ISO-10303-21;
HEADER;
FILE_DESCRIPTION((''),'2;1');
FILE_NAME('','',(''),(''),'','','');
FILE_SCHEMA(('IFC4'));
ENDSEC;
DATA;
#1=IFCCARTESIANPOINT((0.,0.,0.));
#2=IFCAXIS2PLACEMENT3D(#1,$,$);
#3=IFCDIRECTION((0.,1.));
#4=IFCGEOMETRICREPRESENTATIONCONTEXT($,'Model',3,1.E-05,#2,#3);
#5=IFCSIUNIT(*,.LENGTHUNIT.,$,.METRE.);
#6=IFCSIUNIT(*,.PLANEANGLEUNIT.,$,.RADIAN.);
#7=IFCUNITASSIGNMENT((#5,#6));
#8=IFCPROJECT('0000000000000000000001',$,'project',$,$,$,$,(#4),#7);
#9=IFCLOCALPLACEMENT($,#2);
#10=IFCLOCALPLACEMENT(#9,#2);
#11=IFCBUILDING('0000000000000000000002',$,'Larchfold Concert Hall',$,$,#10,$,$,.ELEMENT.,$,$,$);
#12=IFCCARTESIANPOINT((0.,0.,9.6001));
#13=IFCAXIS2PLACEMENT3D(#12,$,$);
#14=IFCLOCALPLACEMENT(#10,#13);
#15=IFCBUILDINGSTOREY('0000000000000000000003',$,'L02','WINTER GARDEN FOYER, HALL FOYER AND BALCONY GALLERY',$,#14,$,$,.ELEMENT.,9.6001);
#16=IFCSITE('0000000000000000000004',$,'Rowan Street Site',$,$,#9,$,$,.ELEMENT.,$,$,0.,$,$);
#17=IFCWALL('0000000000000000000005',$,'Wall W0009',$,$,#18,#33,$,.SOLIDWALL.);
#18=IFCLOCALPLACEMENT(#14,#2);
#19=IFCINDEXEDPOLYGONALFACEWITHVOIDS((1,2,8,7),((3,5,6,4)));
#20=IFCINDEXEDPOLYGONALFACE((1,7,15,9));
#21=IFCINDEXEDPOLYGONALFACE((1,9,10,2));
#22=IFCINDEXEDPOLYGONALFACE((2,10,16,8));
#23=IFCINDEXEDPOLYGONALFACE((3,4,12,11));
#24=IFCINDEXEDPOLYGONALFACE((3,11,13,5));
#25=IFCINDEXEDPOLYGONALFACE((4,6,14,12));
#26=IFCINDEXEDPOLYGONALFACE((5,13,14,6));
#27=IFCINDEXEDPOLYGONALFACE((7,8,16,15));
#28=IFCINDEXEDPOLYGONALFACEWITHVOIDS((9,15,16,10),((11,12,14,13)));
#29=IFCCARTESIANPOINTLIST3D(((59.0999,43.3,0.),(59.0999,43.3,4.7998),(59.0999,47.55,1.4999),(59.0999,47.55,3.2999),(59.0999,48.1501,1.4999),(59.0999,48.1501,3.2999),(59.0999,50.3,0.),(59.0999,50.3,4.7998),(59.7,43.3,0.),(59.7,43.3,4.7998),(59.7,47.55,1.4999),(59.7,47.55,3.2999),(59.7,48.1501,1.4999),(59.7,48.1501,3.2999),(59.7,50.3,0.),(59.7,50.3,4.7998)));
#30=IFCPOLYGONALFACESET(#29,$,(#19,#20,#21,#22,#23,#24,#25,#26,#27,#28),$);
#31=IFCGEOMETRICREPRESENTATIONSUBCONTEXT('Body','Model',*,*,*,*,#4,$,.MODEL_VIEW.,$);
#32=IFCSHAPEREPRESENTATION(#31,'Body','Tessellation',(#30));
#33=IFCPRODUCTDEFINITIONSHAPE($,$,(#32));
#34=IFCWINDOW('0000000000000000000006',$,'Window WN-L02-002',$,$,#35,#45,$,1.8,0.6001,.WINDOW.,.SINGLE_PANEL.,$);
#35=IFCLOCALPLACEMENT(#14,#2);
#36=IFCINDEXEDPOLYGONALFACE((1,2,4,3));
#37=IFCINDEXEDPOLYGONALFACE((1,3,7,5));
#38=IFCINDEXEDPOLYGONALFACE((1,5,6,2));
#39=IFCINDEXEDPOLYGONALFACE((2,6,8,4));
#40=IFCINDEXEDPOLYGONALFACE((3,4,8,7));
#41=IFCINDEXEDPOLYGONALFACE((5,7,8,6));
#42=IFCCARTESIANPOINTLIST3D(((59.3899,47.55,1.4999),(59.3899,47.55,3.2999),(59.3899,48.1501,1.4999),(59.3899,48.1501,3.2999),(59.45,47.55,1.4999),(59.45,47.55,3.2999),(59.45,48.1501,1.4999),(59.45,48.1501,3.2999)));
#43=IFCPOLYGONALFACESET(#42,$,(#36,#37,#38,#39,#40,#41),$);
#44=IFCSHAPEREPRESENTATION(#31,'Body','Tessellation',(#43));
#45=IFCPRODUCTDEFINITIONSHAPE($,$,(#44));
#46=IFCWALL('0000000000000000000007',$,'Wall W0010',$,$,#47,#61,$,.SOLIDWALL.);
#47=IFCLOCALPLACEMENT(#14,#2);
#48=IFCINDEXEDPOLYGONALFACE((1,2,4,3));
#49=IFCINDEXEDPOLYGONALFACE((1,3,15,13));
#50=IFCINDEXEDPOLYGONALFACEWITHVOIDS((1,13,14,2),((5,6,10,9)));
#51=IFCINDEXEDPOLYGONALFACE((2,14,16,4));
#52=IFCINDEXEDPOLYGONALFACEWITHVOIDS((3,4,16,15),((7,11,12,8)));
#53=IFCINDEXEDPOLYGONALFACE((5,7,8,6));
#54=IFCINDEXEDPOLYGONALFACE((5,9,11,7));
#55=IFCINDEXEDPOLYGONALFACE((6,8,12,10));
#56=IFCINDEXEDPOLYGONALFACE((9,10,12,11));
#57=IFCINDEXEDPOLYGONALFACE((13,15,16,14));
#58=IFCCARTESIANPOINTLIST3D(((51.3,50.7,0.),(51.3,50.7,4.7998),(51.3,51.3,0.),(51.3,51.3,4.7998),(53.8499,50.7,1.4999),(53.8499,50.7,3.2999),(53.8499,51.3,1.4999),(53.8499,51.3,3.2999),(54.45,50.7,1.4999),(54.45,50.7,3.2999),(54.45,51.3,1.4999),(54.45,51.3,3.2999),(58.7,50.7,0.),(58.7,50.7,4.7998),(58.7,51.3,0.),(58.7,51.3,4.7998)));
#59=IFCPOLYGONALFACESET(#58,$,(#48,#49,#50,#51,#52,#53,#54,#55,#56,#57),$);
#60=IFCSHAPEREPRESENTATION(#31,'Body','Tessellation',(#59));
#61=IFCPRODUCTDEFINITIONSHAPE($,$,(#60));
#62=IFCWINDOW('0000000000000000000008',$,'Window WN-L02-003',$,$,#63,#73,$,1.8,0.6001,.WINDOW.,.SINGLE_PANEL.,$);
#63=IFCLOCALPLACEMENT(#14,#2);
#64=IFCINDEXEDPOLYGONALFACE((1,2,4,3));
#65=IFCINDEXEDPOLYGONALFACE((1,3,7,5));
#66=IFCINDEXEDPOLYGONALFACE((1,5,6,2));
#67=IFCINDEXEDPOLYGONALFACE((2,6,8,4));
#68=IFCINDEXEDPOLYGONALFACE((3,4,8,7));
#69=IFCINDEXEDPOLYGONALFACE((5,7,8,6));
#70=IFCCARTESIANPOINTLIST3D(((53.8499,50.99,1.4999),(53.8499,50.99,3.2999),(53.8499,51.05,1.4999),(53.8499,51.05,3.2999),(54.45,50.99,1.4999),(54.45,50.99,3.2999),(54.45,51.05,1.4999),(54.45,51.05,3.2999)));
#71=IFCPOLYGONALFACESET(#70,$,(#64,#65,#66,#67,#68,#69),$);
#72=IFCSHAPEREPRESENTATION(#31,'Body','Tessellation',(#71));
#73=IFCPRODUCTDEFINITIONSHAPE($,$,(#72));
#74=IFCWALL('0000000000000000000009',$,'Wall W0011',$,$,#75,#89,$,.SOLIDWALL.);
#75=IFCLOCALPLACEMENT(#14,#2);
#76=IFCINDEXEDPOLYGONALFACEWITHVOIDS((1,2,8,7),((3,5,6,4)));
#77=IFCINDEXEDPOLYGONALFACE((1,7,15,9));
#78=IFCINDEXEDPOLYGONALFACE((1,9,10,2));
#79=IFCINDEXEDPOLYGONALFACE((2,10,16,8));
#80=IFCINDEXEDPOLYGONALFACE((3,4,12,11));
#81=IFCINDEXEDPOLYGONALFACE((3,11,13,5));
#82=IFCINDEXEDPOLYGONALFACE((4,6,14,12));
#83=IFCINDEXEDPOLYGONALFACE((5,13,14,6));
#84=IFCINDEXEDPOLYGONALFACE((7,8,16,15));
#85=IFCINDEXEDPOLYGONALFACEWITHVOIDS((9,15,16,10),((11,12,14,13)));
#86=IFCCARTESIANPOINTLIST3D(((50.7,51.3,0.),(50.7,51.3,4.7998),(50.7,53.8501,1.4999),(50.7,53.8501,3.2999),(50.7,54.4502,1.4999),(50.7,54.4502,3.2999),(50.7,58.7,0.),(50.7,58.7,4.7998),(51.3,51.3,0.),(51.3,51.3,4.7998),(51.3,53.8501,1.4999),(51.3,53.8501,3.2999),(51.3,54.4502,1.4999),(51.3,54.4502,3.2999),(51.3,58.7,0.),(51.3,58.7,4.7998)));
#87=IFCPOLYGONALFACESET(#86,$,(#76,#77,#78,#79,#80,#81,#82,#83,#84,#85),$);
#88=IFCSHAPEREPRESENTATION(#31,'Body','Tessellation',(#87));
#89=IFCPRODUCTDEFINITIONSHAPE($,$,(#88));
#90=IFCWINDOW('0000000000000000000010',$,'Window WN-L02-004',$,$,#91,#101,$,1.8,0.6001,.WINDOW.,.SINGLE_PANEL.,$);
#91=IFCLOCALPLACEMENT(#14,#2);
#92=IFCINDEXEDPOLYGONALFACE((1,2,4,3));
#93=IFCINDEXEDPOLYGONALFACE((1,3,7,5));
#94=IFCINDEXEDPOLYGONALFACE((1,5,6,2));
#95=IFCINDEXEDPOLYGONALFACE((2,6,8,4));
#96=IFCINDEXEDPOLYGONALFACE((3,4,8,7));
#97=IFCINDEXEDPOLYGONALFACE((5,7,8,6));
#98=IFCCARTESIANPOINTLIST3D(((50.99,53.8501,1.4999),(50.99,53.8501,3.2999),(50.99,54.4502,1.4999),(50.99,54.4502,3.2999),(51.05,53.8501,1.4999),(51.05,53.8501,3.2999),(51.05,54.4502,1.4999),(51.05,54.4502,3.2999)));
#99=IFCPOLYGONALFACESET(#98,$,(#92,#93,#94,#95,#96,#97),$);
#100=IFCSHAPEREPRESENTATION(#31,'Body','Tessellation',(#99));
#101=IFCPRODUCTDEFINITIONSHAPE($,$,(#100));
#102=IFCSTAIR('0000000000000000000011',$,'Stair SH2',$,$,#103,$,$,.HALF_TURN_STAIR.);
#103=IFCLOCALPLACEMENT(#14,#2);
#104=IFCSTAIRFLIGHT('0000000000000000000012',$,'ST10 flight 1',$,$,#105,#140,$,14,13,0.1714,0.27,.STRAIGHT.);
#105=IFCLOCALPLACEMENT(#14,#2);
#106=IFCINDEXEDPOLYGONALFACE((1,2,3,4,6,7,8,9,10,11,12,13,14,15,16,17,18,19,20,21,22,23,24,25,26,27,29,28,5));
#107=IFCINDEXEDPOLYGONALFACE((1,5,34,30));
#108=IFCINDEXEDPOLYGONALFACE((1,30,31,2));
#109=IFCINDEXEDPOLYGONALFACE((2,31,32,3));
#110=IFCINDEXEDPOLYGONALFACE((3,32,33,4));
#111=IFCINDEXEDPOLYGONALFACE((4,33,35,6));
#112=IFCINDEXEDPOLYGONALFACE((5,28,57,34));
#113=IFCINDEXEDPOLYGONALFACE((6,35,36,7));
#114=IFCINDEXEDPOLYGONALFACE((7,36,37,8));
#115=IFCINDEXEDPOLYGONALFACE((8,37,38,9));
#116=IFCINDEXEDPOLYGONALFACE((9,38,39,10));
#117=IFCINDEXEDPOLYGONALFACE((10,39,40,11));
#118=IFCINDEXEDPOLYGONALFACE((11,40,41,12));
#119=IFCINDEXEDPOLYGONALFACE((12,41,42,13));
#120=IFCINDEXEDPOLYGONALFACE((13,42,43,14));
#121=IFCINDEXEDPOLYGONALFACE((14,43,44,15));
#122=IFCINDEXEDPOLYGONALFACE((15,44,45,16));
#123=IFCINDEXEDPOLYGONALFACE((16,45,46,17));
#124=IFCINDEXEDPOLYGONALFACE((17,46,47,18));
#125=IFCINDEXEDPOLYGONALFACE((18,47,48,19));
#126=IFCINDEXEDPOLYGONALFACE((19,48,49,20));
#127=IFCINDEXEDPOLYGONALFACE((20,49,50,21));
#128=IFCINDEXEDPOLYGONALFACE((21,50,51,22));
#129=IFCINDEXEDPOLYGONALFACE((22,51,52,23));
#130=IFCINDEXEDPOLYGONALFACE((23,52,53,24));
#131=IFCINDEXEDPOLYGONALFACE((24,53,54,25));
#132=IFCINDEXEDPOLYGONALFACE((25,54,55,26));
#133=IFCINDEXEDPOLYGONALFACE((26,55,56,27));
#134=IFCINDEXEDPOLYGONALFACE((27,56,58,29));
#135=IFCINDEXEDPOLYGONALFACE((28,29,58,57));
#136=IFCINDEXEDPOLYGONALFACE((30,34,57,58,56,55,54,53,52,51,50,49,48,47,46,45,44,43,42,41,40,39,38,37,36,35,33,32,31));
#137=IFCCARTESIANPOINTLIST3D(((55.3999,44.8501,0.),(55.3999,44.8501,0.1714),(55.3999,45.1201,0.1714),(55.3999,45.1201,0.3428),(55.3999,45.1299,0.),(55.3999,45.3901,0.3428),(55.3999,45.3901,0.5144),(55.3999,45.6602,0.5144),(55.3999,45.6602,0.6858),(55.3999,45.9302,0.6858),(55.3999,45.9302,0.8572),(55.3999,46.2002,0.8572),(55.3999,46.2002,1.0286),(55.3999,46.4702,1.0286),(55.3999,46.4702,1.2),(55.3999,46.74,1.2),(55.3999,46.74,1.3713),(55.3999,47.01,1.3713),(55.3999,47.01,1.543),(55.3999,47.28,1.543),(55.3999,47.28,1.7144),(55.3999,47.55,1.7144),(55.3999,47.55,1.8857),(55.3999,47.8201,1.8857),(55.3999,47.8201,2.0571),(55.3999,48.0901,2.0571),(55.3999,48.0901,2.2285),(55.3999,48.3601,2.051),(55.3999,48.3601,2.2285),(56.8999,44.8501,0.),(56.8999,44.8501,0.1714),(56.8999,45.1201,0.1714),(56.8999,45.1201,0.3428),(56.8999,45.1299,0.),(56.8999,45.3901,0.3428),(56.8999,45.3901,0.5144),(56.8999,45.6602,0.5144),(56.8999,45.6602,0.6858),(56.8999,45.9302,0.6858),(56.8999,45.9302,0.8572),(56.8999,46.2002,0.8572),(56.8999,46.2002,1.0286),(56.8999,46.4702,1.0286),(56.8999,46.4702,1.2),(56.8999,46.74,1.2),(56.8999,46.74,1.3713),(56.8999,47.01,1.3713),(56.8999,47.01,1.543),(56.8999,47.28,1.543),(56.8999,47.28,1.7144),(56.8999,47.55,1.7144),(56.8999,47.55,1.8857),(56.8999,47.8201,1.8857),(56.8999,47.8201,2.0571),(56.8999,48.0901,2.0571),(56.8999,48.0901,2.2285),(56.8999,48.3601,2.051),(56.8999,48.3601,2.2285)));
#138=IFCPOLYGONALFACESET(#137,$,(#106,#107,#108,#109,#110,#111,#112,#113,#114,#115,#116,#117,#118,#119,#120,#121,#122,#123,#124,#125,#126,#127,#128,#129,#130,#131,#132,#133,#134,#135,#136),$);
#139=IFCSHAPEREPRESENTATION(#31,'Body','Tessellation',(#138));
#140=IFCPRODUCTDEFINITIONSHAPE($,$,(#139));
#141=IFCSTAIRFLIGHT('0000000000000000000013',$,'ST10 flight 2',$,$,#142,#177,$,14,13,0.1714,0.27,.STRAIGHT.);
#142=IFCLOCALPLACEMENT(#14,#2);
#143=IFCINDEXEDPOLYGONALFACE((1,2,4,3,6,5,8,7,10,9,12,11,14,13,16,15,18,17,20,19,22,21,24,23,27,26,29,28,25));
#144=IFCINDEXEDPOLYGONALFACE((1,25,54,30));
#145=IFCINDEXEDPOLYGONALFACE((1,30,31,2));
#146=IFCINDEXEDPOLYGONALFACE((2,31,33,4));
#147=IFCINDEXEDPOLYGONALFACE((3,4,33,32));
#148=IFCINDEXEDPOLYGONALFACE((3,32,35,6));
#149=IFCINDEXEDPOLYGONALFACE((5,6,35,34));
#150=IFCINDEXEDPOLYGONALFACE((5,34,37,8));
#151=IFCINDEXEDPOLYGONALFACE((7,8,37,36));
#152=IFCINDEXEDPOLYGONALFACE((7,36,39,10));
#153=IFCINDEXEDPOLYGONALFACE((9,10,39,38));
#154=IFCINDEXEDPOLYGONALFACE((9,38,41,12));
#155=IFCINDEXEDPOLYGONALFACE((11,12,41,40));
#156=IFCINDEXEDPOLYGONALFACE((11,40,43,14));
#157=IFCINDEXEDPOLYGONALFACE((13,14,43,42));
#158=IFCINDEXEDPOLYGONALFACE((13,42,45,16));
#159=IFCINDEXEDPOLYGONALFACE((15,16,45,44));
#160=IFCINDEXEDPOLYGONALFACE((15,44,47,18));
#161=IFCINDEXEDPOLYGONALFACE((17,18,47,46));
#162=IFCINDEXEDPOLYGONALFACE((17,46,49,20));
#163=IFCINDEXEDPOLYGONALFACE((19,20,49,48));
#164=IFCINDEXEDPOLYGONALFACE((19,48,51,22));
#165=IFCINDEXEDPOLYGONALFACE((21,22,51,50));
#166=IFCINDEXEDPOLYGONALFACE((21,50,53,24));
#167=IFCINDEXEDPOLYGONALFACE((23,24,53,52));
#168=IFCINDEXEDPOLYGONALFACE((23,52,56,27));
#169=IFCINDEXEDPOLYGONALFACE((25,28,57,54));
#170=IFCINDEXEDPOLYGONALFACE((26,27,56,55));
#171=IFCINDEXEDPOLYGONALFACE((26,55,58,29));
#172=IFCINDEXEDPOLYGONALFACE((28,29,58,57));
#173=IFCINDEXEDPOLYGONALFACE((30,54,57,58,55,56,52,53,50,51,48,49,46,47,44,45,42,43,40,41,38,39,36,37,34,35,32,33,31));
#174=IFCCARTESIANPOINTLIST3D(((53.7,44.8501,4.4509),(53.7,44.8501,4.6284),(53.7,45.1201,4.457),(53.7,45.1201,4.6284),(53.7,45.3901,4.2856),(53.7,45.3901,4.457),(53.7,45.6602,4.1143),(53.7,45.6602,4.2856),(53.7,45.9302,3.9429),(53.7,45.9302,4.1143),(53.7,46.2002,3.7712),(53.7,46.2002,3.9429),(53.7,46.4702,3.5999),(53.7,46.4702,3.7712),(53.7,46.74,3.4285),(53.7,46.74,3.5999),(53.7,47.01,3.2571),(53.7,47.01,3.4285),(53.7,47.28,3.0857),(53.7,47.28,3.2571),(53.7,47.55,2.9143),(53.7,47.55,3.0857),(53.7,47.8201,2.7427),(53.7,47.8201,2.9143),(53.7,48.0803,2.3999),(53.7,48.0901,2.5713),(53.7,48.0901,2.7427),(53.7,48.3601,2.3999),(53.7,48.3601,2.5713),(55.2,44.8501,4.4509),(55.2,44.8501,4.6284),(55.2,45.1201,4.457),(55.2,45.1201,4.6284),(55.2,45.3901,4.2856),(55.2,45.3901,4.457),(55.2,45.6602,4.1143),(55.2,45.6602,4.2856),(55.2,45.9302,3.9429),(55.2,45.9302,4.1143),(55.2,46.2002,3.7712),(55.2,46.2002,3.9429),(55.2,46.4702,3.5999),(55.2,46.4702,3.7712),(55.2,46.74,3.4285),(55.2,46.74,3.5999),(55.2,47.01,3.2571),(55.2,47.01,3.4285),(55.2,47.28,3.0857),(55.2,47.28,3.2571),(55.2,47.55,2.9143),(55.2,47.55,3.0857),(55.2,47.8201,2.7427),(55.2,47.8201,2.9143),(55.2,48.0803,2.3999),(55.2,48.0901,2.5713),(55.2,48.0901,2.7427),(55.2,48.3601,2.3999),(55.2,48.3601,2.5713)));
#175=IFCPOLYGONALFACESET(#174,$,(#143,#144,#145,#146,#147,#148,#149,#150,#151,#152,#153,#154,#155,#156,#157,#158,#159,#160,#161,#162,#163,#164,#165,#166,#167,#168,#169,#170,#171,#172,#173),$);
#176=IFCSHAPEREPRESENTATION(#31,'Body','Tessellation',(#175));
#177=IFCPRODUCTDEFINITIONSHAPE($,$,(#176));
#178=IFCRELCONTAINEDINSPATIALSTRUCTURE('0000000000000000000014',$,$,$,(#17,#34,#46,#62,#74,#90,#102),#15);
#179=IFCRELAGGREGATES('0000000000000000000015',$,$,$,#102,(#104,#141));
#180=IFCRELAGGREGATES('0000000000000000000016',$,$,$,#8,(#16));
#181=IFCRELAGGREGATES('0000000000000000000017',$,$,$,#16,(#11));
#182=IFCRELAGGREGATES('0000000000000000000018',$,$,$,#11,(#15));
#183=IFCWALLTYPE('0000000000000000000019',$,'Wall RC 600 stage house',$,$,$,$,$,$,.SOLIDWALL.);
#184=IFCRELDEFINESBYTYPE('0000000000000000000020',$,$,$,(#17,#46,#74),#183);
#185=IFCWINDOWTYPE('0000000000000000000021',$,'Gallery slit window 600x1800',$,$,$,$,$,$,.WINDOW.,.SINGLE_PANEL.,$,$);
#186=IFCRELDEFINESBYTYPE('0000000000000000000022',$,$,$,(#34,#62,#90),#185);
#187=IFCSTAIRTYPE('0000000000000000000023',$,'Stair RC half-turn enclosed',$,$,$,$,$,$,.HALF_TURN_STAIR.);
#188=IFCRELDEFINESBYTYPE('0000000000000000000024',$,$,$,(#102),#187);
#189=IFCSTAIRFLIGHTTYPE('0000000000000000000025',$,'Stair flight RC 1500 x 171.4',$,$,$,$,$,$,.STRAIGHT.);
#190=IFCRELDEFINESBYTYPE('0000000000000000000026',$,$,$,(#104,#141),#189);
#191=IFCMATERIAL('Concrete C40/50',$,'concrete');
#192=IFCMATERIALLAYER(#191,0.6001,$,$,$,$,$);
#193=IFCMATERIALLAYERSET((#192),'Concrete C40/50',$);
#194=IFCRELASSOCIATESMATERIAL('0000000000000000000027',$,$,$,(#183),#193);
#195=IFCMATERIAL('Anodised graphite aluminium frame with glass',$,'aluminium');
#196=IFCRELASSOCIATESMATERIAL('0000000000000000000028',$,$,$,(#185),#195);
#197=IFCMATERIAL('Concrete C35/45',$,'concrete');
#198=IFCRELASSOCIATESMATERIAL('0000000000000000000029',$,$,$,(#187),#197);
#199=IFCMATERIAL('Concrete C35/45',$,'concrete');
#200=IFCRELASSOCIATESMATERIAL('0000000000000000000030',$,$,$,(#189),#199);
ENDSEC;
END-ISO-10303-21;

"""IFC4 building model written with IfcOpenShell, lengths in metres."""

from ifc_helpers import new_model, si_unit, direction, frame, frame_2d, origin, place, context, subcontext, project, spatial, polyline, rectangle, outline, extrude, material, layer, layer_set, type_object, element, fill, aggregate, save


model = new_model("IFC4")

# Units and contexts
model_context = context("Model", 3, precision=1e-05, world=origin(), true_north=direction((0.0, 1.0)))
body_context = subcontext(model_context, "Body", "Model", "MODEL_VIEW")
ifc_project = project(units=[si_unit("LENGTHUNIT", "METRE"), si_unit("PLANEANGLEUNIT", "RADIAN")], contexts=[model_context])

# Site, building, storey
site_placement = place(None, origin())
site = spatial("IfcSite", under=ifc_project, at=site_placement, Name="Rowan Street Site", CompositionType="ELEMENT", RefElevation=0.0)
building_placement = place(site_placement, origin())
building = spatial("IfcBuilding", under=site, at=building_placement, Name="Larchfold Concert Hall", CompositionType="ELEMENT")
storey_placement = place(building_placement, frame((0.0, 0.0, 9.6001)))
storey = spatial("IfcBuildingStorey", under=building, at=storey_placement, Name="L02", Description="WINTER GARDEN FOYER, HALL FOYER AND BALCONY GALLERY", CompositionType="ELEMENT", Elevation=9.6001)

# Walls, openings, windows
ifc_material_1 = material(Name="Concrete C40/50", Category="concrete")
ifc_layer_1 = layer(ifc_material_1, 0.6001)
ifc_layer_set_1 = layer_set([ifc_layer_1], Name="Concrete C40/50")
wall_type_1 = type_object("IfcWallType", Name="Wall RC 600 stage house", PredefinedType="SOLIDWALL", material=ifc_layer_set_1)
wall_1_placement = place(storey_placement, frame((59.3999, 43.3, 0.0), z_axis=(0.0, 0.0, 1.0), x_axis=(0.0, 1.0, 0.0)))
wall_1 = element("IfcWall", 1, at=wall_1_placement, inside=storey, type_object=wall_type_1, Name="Wall W0009", PredefinedType="SOLIDWALL", context=body_context, shape_type="SweptSolid", body=[
    extrude(rectangle(XDim=7.0, YDim=0.6001, at=frame_2d((3.5, 0.0))), origin(), (0.0, 0.0, 1.0), 4.7998),
])
opening_1_placement = place(wall_1_placement, frame((4.25, 0.0, 1.5)))
opening_1 = element("IfcOpeningElement", 2, at=opening_1_placement, cuts=wall_1, PredefinedType="OPENING", context=body_context, shape_type="SweptSolid", body=[
    extrude(rectangle(XDim=0.6001, YDim=1.8, at=frame_2d((0.3, 0.8999))), frame((0.0, 0.3101, 0.0), z_axis=(0.0, -1.0, 0.0), x_axis=(1.0, 0.0, 0.0)), (0.0, 0.0, 1.0), 0.6201),
])
ifc_material_2 = material(Name="Anodised graphite aluminium frame with glass", Category="aluminium")
window_type = type_object("IfcWindowType", Name="Gallery slit window 600x1800", PartitioningType="SINGLE_PANEL", PredefinedType="WINDOW", material=ifc_material_2)
window_1_placement = place(opening_1_placement, origin())
window_1 = element("IfcWindow", 3, at=window_1_placement, inside=storey, type_object=window_type, Name="Window WN-L02-002", OverallHeight=1.8, OverallWidth=0.6001, PartitioningType="SINGLE_PANEL", PredefinedType="WINDOW", context=body_context, shape_type="SweptSolid", body=[
    extrude(rectangle(XDim=0.6001, YDim=1.8, at=frame_2d((0.3, 0.8999))), frame((0.0, 0.01, 0.0), z_axis=(0.0, -1.0, 0.0), x_axis=(1.0, 0.0, 0.0)), (0.0, 0.0, 1.0), 0.0601),
])
fill(opening_1, window_1)
wall_2_placement = place(storey_placement, frame((58.7, 51.0, 0.0), z_axis=(0.0, 0.0, 1.0), x_axis=(-1.0, 0.0, 0.0)))
wall_2 = element("IfcWall", 4, at=wall_2_placement, inside=storey, type_object=wall_type_1, Name="Wall W0010", PredefinedType="SOLIDWALL", context=body_context, shape_type="SweptSolid", body=[
    extrude(rectangle(XDim=7.3999, YDim=0.6001, at=frame_2d((3.7, 0.0))), origin(), (0.0, 0.0, 1.0), 4.7998),
])
opening_2_placement = place(wall_2_placement, frame((4.25, 0.0, 1.5)))
opening_2 = element("IfcOpeningElement", 5, at=opening_2_placement, cuts=wall_2, PredefinedType="OPENING", context=body_context, shape_type="SweptSolid", body=[
    extrude(rectangle(XDim=0.6001, YDim=1.8, at=frame_2d((0.3, 0.8999))), frame((0.0, 0.3101, 0.0), z_axis=(0.0, -1.0, 0.0), x_axis=(1.0, 0.0, 0.0)), (0.0, 0.0, 1.0), 0.6201),
])
window_2_placement = place(opening_2_placement, origin())
window_2 = element("IfcWindow", 6, at=window_2_placement, inside=storey, type_object=window_type, Name="Window WN-L02-003", OverallHeight=1.8, OverallWidth=0.6001, PartitioningType="SINGLE_PANEL", PredefinedType="WINDOW", context=body_context, shape_type="SweptSolid", body=[
    extrude(rectangle(XDim=0.6001, YDim=1.8, at=frame_2d((0.3, 0.8999))), frame((0.0, 0.01, 0.0), z_axis=(0.0, -1.0, 0.0), x_axis=(1.0, 0.0, 0.0)), (0.0, 0.0, 1.0), 0.0601),
])
fill(opening_2, window_2)
wall_3_placement = place(storey_placement, frame((51.0, 51.3, 0.0), z_axis=(0.0, 0.0, 1.0), x_axis=(0.0, 1.0, 0.0)))
wall_3 = element("IfcWall", 7, at=wall_3_placement, inside=storey, type_object=wall_type_1, Name="Wall W0011", PredefinedType="SOLIDWALL", context=body_context, shape_type="SweptSolid", body=[
    extrude(rectangle(XDim=7.3999, YDim=0.6001, at=frame_2d((3.7, 0.0))), origin(), (0.0, 0.0, 1.0), 4.7998),
])
opening_3_placement = place(wall_3_placement, frame((2.55, 0.0, 1.5)))
opening_3 = element("IfcOpeningElement", 8, at=opening_3_placement, cuts=wall_3, PredefinedType="OPENING", context=body_context, shape_type="SweptSolid", body=[
    extrude(rectangle(XDim=0.6001, YDim=1.8, at=frame_2d((0.3, 0.8999))), frame((0.0, 0.3101, 0.0), z_axis=(0.0, -1.0, 0.0), x_axis=(1.0, 0.0, 0.0)), (0.0, 0.0, 1.0), 0.6201),
])
window_3_placement = place(opening_3_placement, origin())
window_3 = element("IfcWindow", 9, at=window_3_placement, inside=storey, type_object=window_type, Name="Window WN-L02-004", OverallHeight=1.8, OverallWidth=0.6001, PartitioningType="SINGLE_PANEL", PredefinedType="WINDOW", context=body_context, shape_type="SweptSolid", body=[
    extrude(rectangle(XDim=0.6001, YDim=1.8, at=frame_2d((0.3, 0.8999))), frame((0.0, 0.01, 0.0), z_axis=(0.0, -1.0, 0.0), x_axis=(1.0, 0.0, 0.0)), (0.0, 0.0, 1.0), 0.0601),
])
fill(opening_3, window_3)

# Stair, stair flights
ifc_material_3 = material(Name="Concrete C35/45", Category="concrete")
stair_type = type_object("IfcStairType", Name="Stair RC half-turn enclosed", PredefinedType="HALF_TURN_STAIR", material=ifc_material_3)
stair_placement = place(storey_placement, origin())
stair = element("IfcStair", 10, at=stair_placement, inside=storey, type_object=stair_type, Name="Stair SH2", PredefinedType="HALF_TURN_STAIR")
ifc_material_4 = material(Name="Concrete C35/45", Category="concrete")
stair_flight_type = type_object("IfcStairFlightType", Name="Stair flight RC 1500 x 171.4", PredefinedType="STRAIGHT", material=ifc_material_4)
stair_flight_1_placement = place(storey_placement, frame((56.1499, 44.8501, 0.0), z_axis=(0.0, 0.0, 1.0), x_axis=(0.0, 1.0, 0.0)))
stair_flight_1 = element("IfcStairFlight", 11, at=stair_flight_1_placement, type_object=stair_flight_type, Name="ST10 flight 1", NumberOfRisers=14, NumberOfTreads=13, PredefinedType="STRAIGHT", RiserHeight=0.1714, TreadLength=0.27, context=body_context, shape_type="SweptSolid", body=[
    extrude(outline(polyline([(0.0, 0.0), (0.0, 0.1714), (0.27, 0.1714), (0.27, 0.3428), (0.54, 0.3428), (0.54, 0.5144), (0.8101, 0.5144), (0.8101, 0.6858), (1.0801, 0.6858), (1.0801, 0.8572), (1.3501, 0.8572), (1.3501, 1.0286), (1.6201, 1.0286), (1.6201, 1.2), (1.8899, 1.2), (1.8899, 1.3713), (2.1599, 1.3713), (2.1599, 1.543), (2.4299, 1.543), (2.4299, 1.7144), (2.7, 1.7144), (2.7, 1.8857), (2.97, 1.8857), (2.97, 2.0571), (3.24, 2.0571), (3.24, 2.2285), (3.51, 2.2285), (3.51, 2.3999), (3.51, 2.051), (0.2798, 0.0), (0.0, 0.0)])), frame((0.0, 0.75, 0.0), z_axis=(0.0, -1.0, 0.0), x_axis=(1.0, 0.0, 0.0)), (0.0, 0.0, 1.0), 1.5),
])
stair_flight_2_placement = place(storey_placement, frame((54.45, 48.3601, 2.3999), z_axis=(0.0, 0.0, 1.0), x_axis=(0.0, -1.0, 0.0)))
stair_flight_2 = element("IfcStairFlight", 12, at=stair_flight_2_placement, type_object=stair_flight_type, Name="ST10 flight 2", NumberOfRisers=14, NumberOfTreads=13, PredefinedType="STRAIGHT", RiserHeight=0.1714, TreadLength=0.27, context=body_context, shape_type="SweptSolid", body=[
    extrude(outline(polyline([(0.0, 0.0), (0.0, 0.1714), (0.27, 0.1714), (0.27, 0.3428), (0.54, 0.3428), (0.54, 0.5144), (0.8101, 0.5144), (0.8101, 0.6858), (1.0801, 0.6858), (1.0801, 0.8572), (1.3501, 0.8572), (1.3501, 1.0286), (1.6201, 1.0286), (1.6201, 1.2), (1.8899, 1.2), (1.8899, 1.3713), (2.1599, 1.3713), (2.1599, 1.543), (2.4299, 1.543), (2.4299, 1.7144), (2.7, 1.7144), (2.7, 1.8857), (2.97, 1.8857), (2.97, 2.0571), (3.24, 2.0571), (3.24, 2.2285), (3.51, 2.2285), (3.51, 2.3999), (3.51, 2.051), (0.2798, 0.0), (0.0, 0.0)])), frame((0.0, 0.75, 0.0), z_axis=(0.0, -1.0, 0.0), x_axis=(1.0, 0.0, 0.0)), (0.0, 0.0, 1.0), 1.5),
])
aggregate(stair, [stair_flight_1, stair_flight_2])

save(model, "model.ifc")
